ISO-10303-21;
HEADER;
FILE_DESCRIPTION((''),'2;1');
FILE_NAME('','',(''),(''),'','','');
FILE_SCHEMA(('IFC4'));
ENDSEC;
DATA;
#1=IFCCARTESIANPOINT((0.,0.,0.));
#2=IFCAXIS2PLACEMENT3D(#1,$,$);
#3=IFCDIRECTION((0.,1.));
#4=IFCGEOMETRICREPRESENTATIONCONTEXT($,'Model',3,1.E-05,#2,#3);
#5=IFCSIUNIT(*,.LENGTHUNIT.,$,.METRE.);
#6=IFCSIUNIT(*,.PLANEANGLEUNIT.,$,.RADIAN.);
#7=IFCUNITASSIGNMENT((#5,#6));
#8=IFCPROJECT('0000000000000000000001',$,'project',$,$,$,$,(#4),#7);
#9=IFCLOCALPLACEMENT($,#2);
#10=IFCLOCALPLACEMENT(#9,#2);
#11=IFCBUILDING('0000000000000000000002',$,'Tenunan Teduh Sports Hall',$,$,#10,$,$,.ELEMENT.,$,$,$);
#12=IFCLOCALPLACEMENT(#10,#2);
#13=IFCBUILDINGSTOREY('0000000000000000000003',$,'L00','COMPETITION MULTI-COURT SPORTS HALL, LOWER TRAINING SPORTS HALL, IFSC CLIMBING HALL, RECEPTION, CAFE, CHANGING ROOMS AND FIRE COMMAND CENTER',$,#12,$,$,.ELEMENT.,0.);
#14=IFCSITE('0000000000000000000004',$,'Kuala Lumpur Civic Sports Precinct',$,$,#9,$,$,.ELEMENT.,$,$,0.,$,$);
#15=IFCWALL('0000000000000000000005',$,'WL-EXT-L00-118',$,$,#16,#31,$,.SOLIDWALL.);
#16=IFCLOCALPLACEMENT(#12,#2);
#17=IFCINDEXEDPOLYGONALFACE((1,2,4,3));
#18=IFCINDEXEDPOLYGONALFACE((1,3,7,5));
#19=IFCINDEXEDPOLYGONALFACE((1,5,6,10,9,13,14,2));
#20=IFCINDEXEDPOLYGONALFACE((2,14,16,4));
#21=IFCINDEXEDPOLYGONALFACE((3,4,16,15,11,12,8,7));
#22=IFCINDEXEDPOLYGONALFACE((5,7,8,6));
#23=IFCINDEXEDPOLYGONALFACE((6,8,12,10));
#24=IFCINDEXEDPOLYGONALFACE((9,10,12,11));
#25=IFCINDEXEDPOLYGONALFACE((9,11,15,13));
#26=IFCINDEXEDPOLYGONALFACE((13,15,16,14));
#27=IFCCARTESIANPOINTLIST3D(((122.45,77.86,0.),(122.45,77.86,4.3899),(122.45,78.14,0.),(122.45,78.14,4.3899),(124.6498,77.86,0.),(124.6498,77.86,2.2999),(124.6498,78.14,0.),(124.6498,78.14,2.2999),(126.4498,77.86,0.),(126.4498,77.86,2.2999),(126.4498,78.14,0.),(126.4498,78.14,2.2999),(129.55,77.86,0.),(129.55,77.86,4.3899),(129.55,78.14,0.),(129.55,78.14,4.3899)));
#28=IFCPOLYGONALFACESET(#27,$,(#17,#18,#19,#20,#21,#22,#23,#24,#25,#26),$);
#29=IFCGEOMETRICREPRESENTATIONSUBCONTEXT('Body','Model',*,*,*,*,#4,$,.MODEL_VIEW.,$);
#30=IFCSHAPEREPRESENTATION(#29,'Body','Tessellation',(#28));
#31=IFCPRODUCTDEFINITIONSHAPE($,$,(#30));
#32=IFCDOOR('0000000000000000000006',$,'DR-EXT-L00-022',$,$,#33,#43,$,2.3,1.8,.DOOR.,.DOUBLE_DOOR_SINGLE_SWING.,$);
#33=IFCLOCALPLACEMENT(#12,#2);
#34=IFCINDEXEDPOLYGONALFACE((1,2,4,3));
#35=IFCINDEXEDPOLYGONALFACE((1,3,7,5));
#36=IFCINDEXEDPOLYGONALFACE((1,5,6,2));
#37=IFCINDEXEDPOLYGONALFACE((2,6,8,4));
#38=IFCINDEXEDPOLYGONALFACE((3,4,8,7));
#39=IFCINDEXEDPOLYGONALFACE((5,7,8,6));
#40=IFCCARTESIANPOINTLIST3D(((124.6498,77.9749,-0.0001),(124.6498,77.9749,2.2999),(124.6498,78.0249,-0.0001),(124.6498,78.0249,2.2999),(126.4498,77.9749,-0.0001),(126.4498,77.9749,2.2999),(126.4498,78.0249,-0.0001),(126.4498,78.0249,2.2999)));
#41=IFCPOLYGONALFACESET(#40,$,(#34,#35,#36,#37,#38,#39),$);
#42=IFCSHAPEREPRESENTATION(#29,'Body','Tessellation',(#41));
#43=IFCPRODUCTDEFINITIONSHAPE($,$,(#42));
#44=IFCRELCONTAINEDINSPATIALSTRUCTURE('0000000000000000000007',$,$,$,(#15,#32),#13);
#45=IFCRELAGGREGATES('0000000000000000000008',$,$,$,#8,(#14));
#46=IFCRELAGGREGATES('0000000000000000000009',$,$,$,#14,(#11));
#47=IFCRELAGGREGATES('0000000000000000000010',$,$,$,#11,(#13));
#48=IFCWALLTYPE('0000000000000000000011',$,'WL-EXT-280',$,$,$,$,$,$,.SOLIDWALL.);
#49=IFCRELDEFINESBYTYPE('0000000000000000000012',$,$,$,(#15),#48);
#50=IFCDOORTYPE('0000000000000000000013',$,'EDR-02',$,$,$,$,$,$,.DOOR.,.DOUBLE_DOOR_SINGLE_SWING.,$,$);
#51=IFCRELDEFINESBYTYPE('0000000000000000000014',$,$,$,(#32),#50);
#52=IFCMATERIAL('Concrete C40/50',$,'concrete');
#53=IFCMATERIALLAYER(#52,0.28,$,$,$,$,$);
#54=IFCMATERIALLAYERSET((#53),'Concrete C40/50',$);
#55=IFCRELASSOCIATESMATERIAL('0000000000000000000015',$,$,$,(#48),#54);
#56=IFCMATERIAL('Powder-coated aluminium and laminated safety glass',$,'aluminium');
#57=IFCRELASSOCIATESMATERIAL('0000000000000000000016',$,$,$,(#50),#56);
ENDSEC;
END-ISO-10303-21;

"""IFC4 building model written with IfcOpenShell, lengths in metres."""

from ifc_helpers import new_model, si_unit, direction, frame, frame_2d, origin, place, context, subcontext, project, spatial, rectangle, extrude, material, layer, layer_set, type_object, element, fill, save


model = new_model("IFC4")

# Units and contexts
model_context = context("Model", 3, precision=1e-05, world=origin(), true_north=direction((0.0, 1.0)))
body_context = subcontext(model_context, "Body", "Model", "MODEL_VIEW")
ifc_project = project(units=[si_unit("LENGTHUNIT", "METRE"), si_unit("PLANEANGLEUNIT", "RADIAN")], contexts=[model_context])

# Site, building, storey
site_placement = place(None, origin())
site = spatial("IfcSite", under=ifc_project, at=site_placement, Name="Kuala Lumpur Civic Sports Precinct", CompositionType="ELEMENT", RefElevation=0.0)
building_placement = place(site_placement, origin())
building = spatial("IfcBuilding", under=site, at=building_placement, Name="Tenunan Teduh Sports Hall", CompositionType="ELEMENT")
storey_placement = place(building_placement, origin())
storey = spatial("IfcBuildingStorey", under=building, at=storey_placement, Name="L00", Description="COMPETITION MULTI-COURT SPORTS HALL, LOWER TRAINING SPORTS HALL, IFSC CLIMBING HALL, RECEPTION, CAFE, CHANGING ROOMS AND FIRE COMMAND CENTER", CompositionType="ELEMENT", Elevation=0.0)

# Wall, opening, door
ifc_material_1 = material(Name="Concrete C40/50", Category="concrete")
ifc_layer_1 = layer(ifc_material_1, 0.28)
ifc_layer_set_1 = layer_set([ifc_layer_1], Name="Concrete C40/50")
wall_type = type_object("IfcWallType", Name="WL-EXT-280", PredefinedType="SOLIDWALL", material=ifc_layer_set_1)
wall_placement = place(storey_placement, frame((122.45, 78.0, 0.0), z_axis=(0.0, 0.0, 1.0), x_axis=(1.0, 0.0, 0.0)))
wall = element("IfcWall", 1, at=wall_placement, inside=storey, type_object=wall_type, Name="WL-EXT-L00-118", PredefinedType="SOLIDWALL", context=body_context, shape_type="SweptSolid", body=[
    extrude(rectangle(XDim=7.1001, YDim=0.28, at=frame_2d((3.55, 0.0))), origin(), (0.0, 0.0, 1.0), 4.3899),
])
opening_placement = place(wall_placement, frame((2.2, 0.0, 0.0)))
opening = element("IfcOpeningElement", 2, at=opening_placement, cuts=wall, PredefinedType="OPENING", context=body_context, shape_type="SweptSolid", body=[
    extrude(rectangle(XDim=1.8, YDim=2.3, at=frame_2d((0.8999, 1.1499))), frame((0.0, 0.1499, 0.0), z_axis=(0.0, -1.0, 0.0), x_axis=(1.0, 0.0, 0.0)), (0.0, 0.0, 1.0), 0.3),
])
ifc_material_2 = material(Name="Powder-coated aluminium and laminated safety glass", Category="aluminium")
door_type = type_object("IfcDoorType", Name="EDR-02", OperationType="DOUBLE_DOOR_SINGLE_SWING", PredefinedType="DOOR", material=ifc_material_2)
door_placement = place(opening_placement, origin())
door = element("IfcDoor", 3, at=door_placement, inside=storey, type_object=door_type, Name="DR-EXT-L00-022", OperationType="DOUBLE_DOOR_SINGLE_SWING", OverallHeight=2.3, OverallWidth=1.8, PredefinedType="DOOR", context=body_context, shape_type="SweptSolid", body=[
    extrude(rectangle(XDim=1.8, YDim=2.3, at=frame_2d((0.8999, 1.1499))), frame((0.0, 0.0249, 0.0), z_axis=(0.0, -1.0, 0.0), x_axis=(1.0, 0.0, 0.0)), (0.0, 0.0, 1.0), 0.05),
])
fill(opening, door)

save(model, "model.ifc")
